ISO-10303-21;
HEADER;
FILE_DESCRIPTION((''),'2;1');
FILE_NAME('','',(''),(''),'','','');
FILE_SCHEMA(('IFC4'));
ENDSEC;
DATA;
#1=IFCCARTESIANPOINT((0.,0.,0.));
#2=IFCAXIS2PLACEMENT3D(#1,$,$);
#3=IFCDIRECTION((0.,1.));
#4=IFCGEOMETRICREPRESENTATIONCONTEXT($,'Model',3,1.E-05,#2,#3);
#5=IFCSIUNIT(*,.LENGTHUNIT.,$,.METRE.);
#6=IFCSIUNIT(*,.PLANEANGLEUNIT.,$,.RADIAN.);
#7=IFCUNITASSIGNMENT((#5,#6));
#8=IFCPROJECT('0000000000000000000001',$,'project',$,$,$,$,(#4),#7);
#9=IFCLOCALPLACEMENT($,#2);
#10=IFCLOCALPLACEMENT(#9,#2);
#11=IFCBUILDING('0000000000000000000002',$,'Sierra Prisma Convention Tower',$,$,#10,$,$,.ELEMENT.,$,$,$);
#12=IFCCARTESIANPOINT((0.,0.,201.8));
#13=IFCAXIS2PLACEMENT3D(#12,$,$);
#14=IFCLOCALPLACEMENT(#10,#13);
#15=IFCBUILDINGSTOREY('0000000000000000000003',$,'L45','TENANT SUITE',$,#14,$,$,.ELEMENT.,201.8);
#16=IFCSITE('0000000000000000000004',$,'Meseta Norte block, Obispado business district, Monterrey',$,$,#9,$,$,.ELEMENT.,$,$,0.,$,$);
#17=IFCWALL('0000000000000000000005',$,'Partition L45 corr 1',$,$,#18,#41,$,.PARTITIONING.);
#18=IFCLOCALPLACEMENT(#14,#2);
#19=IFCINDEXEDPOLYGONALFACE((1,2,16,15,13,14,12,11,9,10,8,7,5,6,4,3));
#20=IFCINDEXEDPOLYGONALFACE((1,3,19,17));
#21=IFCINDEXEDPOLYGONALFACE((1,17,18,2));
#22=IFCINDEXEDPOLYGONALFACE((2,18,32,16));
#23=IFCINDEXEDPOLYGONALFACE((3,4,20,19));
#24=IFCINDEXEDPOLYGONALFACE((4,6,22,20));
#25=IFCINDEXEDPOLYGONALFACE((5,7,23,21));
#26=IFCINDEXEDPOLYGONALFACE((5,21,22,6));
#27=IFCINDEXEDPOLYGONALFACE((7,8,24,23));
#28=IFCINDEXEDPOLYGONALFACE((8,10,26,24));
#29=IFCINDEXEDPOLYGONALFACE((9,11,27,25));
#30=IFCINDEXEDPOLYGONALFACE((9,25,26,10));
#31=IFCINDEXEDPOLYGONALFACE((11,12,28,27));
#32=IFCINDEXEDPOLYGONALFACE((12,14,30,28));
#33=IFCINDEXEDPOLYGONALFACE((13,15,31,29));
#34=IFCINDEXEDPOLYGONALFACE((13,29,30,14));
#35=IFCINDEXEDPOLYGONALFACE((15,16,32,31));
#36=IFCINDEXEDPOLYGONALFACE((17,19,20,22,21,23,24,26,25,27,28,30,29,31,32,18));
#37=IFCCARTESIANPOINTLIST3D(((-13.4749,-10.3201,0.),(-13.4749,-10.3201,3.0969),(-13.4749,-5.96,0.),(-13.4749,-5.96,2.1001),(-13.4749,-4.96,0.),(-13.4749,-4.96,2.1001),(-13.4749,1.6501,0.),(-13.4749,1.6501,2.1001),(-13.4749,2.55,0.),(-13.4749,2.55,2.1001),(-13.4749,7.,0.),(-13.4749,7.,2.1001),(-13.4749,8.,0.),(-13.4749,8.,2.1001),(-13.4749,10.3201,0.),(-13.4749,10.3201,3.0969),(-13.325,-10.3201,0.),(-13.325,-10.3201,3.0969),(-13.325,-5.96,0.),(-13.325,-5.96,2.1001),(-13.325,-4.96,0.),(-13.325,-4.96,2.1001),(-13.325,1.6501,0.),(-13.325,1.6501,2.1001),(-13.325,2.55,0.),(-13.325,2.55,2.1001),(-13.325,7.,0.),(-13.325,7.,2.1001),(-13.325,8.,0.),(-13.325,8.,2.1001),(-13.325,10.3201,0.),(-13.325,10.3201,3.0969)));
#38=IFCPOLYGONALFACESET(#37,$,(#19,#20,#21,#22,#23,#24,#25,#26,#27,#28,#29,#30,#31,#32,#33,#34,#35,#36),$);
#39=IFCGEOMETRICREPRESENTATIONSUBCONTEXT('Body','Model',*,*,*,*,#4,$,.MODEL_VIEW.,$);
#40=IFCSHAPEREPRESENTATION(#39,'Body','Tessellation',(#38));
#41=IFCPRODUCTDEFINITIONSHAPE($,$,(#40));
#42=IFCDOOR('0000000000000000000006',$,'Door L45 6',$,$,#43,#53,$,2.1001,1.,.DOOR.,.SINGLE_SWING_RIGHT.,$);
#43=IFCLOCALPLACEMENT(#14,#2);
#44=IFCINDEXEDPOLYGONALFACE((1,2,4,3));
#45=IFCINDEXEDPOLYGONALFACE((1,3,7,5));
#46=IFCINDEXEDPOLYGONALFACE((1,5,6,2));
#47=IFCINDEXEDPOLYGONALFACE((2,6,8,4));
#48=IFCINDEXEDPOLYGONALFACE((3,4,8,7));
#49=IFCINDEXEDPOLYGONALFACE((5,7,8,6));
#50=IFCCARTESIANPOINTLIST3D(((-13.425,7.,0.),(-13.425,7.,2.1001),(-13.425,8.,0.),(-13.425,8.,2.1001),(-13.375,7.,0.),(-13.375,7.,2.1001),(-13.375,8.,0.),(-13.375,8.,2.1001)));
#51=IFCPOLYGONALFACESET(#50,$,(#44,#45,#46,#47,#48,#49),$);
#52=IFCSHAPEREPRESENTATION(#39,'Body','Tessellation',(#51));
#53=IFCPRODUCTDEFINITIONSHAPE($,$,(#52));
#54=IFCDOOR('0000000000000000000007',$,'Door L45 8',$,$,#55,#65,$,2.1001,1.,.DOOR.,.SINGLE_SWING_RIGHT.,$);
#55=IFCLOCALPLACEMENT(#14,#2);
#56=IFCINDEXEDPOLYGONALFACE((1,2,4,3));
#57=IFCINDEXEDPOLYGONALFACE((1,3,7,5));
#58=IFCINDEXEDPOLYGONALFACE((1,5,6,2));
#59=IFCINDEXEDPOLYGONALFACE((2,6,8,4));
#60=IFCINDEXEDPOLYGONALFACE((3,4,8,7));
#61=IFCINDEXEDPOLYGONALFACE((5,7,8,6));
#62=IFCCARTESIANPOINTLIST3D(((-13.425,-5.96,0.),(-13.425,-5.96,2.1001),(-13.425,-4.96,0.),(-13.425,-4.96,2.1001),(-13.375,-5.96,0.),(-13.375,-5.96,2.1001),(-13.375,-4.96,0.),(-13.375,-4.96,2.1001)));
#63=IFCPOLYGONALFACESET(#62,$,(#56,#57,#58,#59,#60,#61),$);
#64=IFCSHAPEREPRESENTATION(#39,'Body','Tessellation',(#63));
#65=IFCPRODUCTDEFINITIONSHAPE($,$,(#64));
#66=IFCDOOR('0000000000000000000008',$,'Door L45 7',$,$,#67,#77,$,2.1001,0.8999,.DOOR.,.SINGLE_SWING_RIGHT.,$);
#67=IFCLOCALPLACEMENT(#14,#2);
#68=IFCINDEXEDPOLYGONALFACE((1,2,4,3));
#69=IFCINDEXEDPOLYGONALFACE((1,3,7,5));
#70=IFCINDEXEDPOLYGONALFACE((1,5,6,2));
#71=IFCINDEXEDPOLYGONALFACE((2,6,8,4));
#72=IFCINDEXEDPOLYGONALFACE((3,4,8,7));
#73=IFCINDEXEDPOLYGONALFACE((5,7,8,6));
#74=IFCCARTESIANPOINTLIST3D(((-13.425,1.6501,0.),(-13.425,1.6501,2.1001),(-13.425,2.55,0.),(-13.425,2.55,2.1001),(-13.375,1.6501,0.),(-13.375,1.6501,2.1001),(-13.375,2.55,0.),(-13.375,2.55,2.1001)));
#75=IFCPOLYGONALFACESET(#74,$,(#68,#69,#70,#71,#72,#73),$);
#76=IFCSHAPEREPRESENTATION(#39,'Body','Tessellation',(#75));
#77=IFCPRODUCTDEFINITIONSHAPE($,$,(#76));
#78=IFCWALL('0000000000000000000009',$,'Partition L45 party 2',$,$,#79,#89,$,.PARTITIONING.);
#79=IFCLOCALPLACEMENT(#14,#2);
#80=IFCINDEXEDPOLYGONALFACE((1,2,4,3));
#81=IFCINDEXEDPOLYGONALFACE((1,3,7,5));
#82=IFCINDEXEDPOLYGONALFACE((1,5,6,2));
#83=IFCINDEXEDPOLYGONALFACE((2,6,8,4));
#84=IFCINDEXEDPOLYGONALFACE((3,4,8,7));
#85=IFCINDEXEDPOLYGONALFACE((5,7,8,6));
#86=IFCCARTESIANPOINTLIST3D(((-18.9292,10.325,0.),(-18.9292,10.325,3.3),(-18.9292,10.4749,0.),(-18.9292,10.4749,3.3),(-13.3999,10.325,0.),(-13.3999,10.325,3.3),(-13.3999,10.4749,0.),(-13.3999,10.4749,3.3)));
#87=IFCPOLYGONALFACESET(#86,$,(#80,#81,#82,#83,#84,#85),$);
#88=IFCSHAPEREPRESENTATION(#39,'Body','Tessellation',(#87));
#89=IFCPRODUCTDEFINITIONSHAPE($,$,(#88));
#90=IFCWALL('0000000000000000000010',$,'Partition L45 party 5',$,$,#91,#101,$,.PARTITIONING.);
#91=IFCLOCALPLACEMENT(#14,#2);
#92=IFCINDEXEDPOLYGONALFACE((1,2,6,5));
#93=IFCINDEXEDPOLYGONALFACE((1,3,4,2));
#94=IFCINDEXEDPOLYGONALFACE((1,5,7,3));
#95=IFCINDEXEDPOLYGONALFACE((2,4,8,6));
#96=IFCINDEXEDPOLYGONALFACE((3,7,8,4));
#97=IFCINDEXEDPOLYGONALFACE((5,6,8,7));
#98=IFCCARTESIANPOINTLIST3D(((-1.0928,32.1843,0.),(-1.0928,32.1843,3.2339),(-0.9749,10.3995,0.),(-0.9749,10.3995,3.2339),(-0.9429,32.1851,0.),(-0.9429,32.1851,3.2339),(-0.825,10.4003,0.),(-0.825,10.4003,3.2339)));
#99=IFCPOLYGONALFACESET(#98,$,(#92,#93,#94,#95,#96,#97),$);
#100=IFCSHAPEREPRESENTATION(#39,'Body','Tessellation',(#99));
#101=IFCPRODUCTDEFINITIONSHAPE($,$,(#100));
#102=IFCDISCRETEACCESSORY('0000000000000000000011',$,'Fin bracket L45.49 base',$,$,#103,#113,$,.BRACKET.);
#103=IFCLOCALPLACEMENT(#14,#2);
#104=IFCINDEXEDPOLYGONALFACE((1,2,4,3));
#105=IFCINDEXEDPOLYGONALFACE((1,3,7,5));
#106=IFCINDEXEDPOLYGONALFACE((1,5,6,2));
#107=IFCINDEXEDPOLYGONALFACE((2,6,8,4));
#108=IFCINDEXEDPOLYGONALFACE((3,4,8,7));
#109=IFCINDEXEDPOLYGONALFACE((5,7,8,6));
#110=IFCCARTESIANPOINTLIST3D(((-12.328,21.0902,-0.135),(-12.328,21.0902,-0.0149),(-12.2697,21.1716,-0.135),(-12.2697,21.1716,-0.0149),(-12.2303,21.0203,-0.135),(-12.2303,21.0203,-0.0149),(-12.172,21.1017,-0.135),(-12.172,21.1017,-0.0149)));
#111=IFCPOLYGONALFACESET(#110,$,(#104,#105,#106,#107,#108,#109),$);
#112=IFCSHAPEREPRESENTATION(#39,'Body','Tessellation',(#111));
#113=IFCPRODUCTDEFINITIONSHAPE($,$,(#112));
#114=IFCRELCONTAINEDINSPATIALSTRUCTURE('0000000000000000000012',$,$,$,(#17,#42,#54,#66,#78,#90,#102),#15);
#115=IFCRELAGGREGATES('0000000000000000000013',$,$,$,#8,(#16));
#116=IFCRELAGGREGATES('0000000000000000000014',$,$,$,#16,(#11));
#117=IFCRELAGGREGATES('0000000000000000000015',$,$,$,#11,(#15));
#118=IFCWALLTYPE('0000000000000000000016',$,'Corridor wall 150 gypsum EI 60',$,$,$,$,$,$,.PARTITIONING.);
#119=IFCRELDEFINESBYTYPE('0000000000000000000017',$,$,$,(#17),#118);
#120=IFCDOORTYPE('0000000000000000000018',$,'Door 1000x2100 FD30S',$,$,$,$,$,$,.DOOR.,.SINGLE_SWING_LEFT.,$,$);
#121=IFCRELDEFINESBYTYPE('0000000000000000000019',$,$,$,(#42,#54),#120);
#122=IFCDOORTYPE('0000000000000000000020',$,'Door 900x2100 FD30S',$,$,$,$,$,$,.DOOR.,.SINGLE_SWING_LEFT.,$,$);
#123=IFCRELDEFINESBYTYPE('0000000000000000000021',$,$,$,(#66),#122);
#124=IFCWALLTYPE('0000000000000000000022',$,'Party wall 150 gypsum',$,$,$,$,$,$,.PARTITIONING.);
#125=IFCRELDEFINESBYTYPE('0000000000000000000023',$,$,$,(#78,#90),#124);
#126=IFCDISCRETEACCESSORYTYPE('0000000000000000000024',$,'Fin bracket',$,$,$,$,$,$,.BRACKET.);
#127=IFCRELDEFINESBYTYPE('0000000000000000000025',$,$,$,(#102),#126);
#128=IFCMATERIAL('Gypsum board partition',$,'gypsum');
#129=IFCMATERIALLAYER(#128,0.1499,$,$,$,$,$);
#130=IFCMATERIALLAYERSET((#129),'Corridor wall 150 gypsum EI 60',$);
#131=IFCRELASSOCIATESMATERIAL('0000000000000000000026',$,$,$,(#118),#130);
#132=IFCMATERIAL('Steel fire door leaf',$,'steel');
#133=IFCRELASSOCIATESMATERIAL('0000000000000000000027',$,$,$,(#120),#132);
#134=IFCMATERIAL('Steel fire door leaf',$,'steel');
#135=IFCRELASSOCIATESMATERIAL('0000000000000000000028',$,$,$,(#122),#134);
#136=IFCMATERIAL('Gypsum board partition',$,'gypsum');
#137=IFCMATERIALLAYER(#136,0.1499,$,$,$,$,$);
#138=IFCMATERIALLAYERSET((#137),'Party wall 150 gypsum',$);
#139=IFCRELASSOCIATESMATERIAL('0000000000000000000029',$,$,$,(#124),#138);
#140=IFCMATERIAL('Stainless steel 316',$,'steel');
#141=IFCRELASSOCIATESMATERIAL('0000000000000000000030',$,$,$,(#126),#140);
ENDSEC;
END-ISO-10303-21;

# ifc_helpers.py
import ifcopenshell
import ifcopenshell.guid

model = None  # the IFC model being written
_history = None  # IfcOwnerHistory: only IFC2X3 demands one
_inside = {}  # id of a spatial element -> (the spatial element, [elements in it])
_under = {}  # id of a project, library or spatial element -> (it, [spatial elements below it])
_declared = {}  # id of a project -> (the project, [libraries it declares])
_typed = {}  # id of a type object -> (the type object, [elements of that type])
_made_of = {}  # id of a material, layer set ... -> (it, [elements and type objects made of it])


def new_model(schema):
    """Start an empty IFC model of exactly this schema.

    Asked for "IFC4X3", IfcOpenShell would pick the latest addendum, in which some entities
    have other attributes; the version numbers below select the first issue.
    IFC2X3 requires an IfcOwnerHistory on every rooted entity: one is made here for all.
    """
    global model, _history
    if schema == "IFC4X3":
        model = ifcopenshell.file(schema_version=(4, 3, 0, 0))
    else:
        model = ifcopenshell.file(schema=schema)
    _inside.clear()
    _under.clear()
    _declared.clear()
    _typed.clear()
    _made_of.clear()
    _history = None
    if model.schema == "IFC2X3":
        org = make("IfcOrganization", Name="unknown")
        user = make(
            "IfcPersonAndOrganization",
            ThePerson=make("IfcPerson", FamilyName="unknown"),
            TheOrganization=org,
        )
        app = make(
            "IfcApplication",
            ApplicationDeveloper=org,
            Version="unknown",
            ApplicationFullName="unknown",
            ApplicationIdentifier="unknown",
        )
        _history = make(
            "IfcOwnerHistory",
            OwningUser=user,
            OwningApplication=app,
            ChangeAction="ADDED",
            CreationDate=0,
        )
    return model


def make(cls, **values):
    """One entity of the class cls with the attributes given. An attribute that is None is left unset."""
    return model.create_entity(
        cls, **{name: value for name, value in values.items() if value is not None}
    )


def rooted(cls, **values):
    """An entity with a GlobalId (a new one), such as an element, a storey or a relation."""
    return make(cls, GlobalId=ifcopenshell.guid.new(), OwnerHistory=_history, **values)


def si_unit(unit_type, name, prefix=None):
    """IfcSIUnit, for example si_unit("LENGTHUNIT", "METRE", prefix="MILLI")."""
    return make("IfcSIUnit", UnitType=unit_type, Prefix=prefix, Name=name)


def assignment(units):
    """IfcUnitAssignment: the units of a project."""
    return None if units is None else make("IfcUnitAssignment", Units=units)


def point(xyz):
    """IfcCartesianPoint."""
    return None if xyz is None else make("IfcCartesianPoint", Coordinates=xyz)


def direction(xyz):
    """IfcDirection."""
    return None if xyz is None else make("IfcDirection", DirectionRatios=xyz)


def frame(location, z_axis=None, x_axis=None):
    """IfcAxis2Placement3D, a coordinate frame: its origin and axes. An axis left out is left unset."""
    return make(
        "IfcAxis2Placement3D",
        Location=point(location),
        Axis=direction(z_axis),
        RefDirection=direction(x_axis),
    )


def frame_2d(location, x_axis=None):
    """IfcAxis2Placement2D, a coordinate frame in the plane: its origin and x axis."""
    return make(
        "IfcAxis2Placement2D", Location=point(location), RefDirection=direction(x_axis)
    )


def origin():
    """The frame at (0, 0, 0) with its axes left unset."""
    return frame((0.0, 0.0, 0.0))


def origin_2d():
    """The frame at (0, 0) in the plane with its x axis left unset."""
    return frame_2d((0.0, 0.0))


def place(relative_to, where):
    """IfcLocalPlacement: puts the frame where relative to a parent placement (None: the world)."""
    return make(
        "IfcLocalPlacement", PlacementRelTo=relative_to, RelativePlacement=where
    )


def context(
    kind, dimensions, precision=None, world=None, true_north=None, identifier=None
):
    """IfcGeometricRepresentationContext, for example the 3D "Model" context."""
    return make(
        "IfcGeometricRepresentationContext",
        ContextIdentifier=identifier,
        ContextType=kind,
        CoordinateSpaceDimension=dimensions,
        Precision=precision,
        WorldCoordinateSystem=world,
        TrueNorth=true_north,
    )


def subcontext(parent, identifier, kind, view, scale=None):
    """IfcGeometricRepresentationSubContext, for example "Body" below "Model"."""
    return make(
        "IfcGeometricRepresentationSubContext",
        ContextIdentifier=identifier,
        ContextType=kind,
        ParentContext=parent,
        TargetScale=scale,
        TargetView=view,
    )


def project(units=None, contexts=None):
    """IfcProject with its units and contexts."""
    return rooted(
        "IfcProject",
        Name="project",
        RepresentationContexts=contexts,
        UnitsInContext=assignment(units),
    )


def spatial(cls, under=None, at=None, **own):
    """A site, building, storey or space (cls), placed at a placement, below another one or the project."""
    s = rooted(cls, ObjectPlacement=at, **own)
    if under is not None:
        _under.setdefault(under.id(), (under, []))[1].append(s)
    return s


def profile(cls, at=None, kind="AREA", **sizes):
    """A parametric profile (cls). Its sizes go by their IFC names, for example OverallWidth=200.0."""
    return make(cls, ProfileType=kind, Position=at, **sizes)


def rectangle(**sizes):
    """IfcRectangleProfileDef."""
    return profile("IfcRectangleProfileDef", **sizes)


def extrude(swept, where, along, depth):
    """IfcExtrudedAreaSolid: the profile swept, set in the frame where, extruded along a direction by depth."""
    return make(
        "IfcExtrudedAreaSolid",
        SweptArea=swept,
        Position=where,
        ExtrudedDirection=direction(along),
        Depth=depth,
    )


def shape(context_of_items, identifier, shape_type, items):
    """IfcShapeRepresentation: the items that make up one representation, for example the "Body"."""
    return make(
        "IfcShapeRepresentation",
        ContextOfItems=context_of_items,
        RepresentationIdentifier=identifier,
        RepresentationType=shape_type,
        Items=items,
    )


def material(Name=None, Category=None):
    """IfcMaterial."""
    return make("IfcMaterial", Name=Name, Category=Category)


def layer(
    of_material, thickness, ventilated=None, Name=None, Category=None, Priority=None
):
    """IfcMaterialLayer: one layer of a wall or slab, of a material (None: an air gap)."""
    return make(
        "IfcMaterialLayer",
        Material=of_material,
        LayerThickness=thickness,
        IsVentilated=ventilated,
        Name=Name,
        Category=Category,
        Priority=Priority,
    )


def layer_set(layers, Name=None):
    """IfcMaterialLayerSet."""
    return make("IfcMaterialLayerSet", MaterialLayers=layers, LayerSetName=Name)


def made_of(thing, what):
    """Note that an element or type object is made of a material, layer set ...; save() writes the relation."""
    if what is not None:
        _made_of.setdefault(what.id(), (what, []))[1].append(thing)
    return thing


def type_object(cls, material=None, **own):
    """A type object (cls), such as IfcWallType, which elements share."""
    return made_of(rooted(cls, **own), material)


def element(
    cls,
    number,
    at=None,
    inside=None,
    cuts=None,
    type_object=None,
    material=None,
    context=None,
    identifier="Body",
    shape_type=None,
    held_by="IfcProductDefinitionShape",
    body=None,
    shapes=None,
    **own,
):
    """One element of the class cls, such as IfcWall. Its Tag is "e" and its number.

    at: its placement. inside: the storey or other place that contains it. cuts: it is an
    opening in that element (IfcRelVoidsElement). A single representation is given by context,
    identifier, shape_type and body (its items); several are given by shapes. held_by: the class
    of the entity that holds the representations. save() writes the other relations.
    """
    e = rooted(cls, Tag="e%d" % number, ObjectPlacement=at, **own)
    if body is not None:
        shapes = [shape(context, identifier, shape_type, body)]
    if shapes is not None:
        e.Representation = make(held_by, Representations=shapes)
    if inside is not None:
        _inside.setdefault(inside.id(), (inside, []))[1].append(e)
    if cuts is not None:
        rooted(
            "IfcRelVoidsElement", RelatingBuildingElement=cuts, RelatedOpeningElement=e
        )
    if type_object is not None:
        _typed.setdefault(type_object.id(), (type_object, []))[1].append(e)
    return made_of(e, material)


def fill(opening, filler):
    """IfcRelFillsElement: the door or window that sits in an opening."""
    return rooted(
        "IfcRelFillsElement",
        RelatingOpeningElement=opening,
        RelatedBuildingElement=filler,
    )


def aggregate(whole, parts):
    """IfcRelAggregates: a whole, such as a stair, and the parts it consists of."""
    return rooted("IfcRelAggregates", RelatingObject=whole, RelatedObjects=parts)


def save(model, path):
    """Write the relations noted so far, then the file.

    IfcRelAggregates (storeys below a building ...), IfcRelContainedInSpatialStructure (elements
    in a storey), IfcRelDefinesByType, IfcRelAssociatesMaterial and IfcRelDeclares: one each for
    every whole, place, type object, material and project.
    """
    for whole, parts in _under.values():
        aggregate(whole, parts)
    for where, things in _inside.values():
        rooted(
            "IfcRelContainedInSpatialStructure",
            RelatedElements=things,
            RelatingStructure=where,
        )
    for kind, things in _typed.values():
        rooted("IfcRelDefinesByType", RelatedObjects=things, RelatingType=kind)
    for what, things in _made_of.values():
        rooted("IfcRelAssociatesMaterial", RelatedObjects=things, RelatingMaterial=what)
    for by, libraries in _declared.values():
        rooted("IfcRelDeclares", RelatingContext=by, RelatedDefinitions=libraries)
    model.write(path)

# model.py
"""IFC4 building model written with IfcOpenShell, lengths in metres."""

from ifc_helpers import new_model, si_unit, direction, frame, frame_2d, origin, origin_2d, place, context, subcontext, project, spatial, rectangle, extrude, material, layer, layer_set, type_object, element, fill, save


model = new_model("IFC4")

# Units and contexts
model_context = context("Model", 3, precision=1e-05, world=origin(), true_north=direction((0.0, 1.0)))
body_context = subcontext(model_context, "Body", "Model", "MODEL_VIEW")
ifc_project = project(units=[si_unit("LENGTHUNIT", "METRE"), si_unit("PLANEANGLEUNIT", "RADIAN")], contexts=[model_context])

# Site, building, storey
site_placement = place(None, origin())
site = spatial("IfcSite", under=ifc_project, at=site_placement, Name="Meseta Norte block, Obispado business district, Monterrey", CompositionType="ELEMENT", RefElevation=0.0)
building_placement = place(site_placement, origin())
building = spatial("IfcBuilding", under=site, at=building_placement, Name="Sierra Prisma Convention Tower", CompositionType="ELEMENT")
storey_placement = place(building_placement, frame((0.0, 0.0, 201.8)))
storey = spatial("IfcBuildingStorey", under=building, at=storey_placement, Name="L45", Description="TENANT SUITE", CompositionType="ELEMENT", Elevation=201.8)

# Wall, openings, doors
ifc_material_1 = material(Name="Gypsum board partition", Category="gypsum")
ifc_layer_1 = layer(ifc_material_1, 0.1499)
ifc_layer_set_1 = layer_set([ifc_layer_1], Name="Corridor wall 150 gypsum EI 60")
wall_type_1 = type_object("IfcWallType", Name="Corridor wall 150 gypsum EI 60", PredefinedType="PARTITIONING", material=ifc_layer_set_1)
wall_1_placement = place(storey_placement, frame((-13.3999, 10.3201, 0.0), z_axis=(0.0, 0.0, 1.0), x_axis=(0.0, -1.0, 0.0)))
wall_1 = element("IfcWall", 1, at=wall_1_placement, inside=storey, type_object=wall_type_1, Name="Partition L45 corr 1", PredefinedType="PARTITIONING", context=body_context, shape_type="SweptSolid", body=[
    extrude(rectangle(XDim=20.6401, YDim=0.1499, at=frame_2d((10.3201, 0.0))), origin(), (0.0, 0.0, 1.0), 3.0969),
])
opening_1_placement = place(wall_1_placement, frame((2.3201, 0.0, 0.0)))
opening_1 = element("IfcOpeningElement", 2, at=opening_1_placement, cuts=wall_1, PredefinedType="OPENING", context=body_context, shape_type="SweptSolid", body=[
    extrude(rectangle(XDim=1.0, YDim=2.1001, at=frame_2d((0.5, 1.05))), frame((0.0, 0.075, 0.0), z_axis=(0.0, -1.0, 0.0), x_axis=(1.0, 0.0, 0.0)), (0.0, 0.0, 1.0), 0.1499),
])
opening_2_placement = place(wall_1_placement, frame((7.77, 0.0, 0.0)))
opening_2 = element("IfcOpeningElement", 3, at=opening_2_placement, cuts=wall_1, PredefinedType="OPENING", context=body_context, shape_type="SweptSolid", body=[
    extrude(rectangle(XDim=0.8999, YDim=2.1001, at=frame_2d((0.45, 1.05))), frame((0.0, 0.075, 0.0), z_axis=(0.0, -1.0, 0.0), x_axis=(1.0, 0.0, 0.0)), (0.0, 0.0, 1.0), 0.1499),
])
opening_3_placement = place(wall_1_placement, frame((15.28, 0.0, 0.0)))
opening_3 = element("IfcOpeningElement", 4, at=opening_3_placement, cuts=wall_1, PredefinedType="OPENING", context=body_context, shape_type="SweptSolid", body=[
    extrude(rectangle(XDim=1.0, YDim=2.1001, at=frame_2d((0.5, 1.05))), frame((0.0, 0.075, 0.0), z_axis=(0.0, -1.0, 0.0), x_axis=(1.0, 0.0, 0.0)), (0.0, 0.0, 1.0), 0.1499),
])
ifc_material_2 = material(Name="Steel fire door leaf", Category="steel")
door_type_1 = type_object("IfcDoorType", Name="Door 1000x2100 FD30S", OperationType="SINGLE_SWING_LEFT", PredefinedType="DOOR", material=ifc_material_2)
door_1_placement = place(opening_1_placement, origin())
door_1 = element("IfcDoor", 5, at=door_1_placement, inside=storey, type_object=door_type_1, Name="Door L45 6", OperationType="SINGLE_SWING_RIGHT", OverallHeight=2.1001, OverallWidth=1.0, PredefinedType="DOOR", context=body_context, shape_type="SweptSolid", body=[
    extrude(rectangle(XDim=1.0, YDim=2.1001, at=frame_2d((0.5, 1.05))), frame((0.0, 0.0249, 0.0), z_axis=(0.0, -1.0, 0.0), x_axis=(1.0, 0.0, 0.0)), (0.0, 0.0, 1.0), 0.05),
])
fill(opening_1, door_1)
door_2_placement = place(opening_3_placement, origin())
door_2 = element("IfcDoor", 6, at=door_2_placement, inside=storey, type_object=door_type_1, Name="Door L45 8", OperationType="SINGLE_SWING_RIGHT", OverallHeight=2.1001, OverallWidth=1.0, PredefinedType="DOOR", context=body_context, shape_type="SweptSolid", body=[
    extrude(rectangle(XDim=1.0, YDim=2.1001, at=frame_2d((0.5, 1.05))), frame((0.0, 0.0249, 0.0), z_axis=(0.0, -1.0, 0.0), x_axis=(1.0, 0.0, 0.0)), (0.0, 0.0, 1.0), 0.05),
])
fill(opening_3, door_2)
ifc_material_3 = material(Name="Steel fire door leaf", Category="steel")
door_type_2 = type_object("IfcDoorType", Name="Door 900x2100 FD30S", OperationType="SINGLE_SWING_LEFT", PredefinedType="DOOR", material=ifc_material_3)
door_3_placement = place(opening_2_placement, origin())
door_3 = element("IfcDoor", 7, at=door_3_placement, inside=storey, type_object=door_type_2, Name="Door L45 7", OperationType="SINGLE_SWING_RIGHT", OverallHeight=2.1001, OverallWidth=0.8999, PredefinedType="DOOR", context=body_context, shape_type="SweptSolid", body=[
    extrude(rectangle(XDim=0.8999, YDim=2.1001, at=frame_2d((0.45, 1.05))), frame((0.0, 0.0249, 0.0), z_axis=(0.0, -1.0, 0.0), x_axis=(1.0, 0.0, 0.0)), (0.0, 0.0, 1.0), 0.05),
])
fill(opening_2, door_3)

# Walls
ifc_material_4 = material(Name="Gypsum board partition", Category="gypsum")
ifc_layer_2 = layer(ifc_material_4, 0.1499)
ifc_layer_set_2 = layer_set([ifc_layer_2], Name="Party wall 150 gypsum")
wall_type_2 = type_object("IfcWallType", Name="Party wall 150 gypsum", PredefinedType="PARTITIONING", material=ifc_layer_set_2)
wall_2_placement = place(storey_placement, frame((-13.3999, 10.3999, 0.0), z_axis=(0.0, 0.0, 1.0), x_axis=(-1.0, 0.0, 0.0)))
element("IfcWall", 8, at=wall_2_placement, inside=storey, type_object=wall_type_2, Name="Partition L45 party 2", PredefinedType="PARTITIONING", context=body_context, shape_type="SweptSolid", body=[
    extrude(rectangle(XDim=5.5293, YDim=0.1499, at=frame_2d((2.7646, 0.0))), origin(), (0.0, 0.0, 1.0), 3.3),
])
wall_3_placement = place(storey_placement, frame((-0.8999, 10.3999, 0.0), z_axis=(0.0, 0.0, 1.0), x_axis=(-0.005413, 0.999985, 0.0)))
element("IfcWall", 9, at=wall_3_placement, inside=storey, type_object=wall_type_2, Name="Partition L45 party 5", PredefinedType="PARTITIONING", context=body_context, shape_type="SweptSolid", body=[
    extrude(rectangle(XDim=21.7852, YDim=0.1499, at=frame_2d((10.8926, 0.0))), origin(), (0.0, 0.0, 1.0), 3.2339),
])

# Discrete accessory
ifc_material_5 = material(Name="Stainless steel 316", Category="steel")
discrete_accessory_type = type_object("IfcDiscreteAccessoryType", Name="Fin bracket", PredefinedType="BRACKET", material=ifc_material_5)
discrete_accessory_placement = place(storey_placement, frame((-12.25, 21.0959, -0.135), z_axis=(0.0, 0.0, 1.0), x_axis=(-0.813122, 0.582094, 0.0)))
element("IfcDiscreteAccessory", 10, at=discrete_accessory_placement, inside=storey, type_object=discrete_accessory_type, Name="Fin bracket L45.49 base", PredefinedType="BRACKET", context=body_context, shape_type="SweptSolid", body=[
    extrude(rectangle(XDim=0.1201, YDim=0.1001, at=origin_2d()), origin(), (0.0, 0.0, 1.0), 0.1201),
])

save(model, "model.ifc")
